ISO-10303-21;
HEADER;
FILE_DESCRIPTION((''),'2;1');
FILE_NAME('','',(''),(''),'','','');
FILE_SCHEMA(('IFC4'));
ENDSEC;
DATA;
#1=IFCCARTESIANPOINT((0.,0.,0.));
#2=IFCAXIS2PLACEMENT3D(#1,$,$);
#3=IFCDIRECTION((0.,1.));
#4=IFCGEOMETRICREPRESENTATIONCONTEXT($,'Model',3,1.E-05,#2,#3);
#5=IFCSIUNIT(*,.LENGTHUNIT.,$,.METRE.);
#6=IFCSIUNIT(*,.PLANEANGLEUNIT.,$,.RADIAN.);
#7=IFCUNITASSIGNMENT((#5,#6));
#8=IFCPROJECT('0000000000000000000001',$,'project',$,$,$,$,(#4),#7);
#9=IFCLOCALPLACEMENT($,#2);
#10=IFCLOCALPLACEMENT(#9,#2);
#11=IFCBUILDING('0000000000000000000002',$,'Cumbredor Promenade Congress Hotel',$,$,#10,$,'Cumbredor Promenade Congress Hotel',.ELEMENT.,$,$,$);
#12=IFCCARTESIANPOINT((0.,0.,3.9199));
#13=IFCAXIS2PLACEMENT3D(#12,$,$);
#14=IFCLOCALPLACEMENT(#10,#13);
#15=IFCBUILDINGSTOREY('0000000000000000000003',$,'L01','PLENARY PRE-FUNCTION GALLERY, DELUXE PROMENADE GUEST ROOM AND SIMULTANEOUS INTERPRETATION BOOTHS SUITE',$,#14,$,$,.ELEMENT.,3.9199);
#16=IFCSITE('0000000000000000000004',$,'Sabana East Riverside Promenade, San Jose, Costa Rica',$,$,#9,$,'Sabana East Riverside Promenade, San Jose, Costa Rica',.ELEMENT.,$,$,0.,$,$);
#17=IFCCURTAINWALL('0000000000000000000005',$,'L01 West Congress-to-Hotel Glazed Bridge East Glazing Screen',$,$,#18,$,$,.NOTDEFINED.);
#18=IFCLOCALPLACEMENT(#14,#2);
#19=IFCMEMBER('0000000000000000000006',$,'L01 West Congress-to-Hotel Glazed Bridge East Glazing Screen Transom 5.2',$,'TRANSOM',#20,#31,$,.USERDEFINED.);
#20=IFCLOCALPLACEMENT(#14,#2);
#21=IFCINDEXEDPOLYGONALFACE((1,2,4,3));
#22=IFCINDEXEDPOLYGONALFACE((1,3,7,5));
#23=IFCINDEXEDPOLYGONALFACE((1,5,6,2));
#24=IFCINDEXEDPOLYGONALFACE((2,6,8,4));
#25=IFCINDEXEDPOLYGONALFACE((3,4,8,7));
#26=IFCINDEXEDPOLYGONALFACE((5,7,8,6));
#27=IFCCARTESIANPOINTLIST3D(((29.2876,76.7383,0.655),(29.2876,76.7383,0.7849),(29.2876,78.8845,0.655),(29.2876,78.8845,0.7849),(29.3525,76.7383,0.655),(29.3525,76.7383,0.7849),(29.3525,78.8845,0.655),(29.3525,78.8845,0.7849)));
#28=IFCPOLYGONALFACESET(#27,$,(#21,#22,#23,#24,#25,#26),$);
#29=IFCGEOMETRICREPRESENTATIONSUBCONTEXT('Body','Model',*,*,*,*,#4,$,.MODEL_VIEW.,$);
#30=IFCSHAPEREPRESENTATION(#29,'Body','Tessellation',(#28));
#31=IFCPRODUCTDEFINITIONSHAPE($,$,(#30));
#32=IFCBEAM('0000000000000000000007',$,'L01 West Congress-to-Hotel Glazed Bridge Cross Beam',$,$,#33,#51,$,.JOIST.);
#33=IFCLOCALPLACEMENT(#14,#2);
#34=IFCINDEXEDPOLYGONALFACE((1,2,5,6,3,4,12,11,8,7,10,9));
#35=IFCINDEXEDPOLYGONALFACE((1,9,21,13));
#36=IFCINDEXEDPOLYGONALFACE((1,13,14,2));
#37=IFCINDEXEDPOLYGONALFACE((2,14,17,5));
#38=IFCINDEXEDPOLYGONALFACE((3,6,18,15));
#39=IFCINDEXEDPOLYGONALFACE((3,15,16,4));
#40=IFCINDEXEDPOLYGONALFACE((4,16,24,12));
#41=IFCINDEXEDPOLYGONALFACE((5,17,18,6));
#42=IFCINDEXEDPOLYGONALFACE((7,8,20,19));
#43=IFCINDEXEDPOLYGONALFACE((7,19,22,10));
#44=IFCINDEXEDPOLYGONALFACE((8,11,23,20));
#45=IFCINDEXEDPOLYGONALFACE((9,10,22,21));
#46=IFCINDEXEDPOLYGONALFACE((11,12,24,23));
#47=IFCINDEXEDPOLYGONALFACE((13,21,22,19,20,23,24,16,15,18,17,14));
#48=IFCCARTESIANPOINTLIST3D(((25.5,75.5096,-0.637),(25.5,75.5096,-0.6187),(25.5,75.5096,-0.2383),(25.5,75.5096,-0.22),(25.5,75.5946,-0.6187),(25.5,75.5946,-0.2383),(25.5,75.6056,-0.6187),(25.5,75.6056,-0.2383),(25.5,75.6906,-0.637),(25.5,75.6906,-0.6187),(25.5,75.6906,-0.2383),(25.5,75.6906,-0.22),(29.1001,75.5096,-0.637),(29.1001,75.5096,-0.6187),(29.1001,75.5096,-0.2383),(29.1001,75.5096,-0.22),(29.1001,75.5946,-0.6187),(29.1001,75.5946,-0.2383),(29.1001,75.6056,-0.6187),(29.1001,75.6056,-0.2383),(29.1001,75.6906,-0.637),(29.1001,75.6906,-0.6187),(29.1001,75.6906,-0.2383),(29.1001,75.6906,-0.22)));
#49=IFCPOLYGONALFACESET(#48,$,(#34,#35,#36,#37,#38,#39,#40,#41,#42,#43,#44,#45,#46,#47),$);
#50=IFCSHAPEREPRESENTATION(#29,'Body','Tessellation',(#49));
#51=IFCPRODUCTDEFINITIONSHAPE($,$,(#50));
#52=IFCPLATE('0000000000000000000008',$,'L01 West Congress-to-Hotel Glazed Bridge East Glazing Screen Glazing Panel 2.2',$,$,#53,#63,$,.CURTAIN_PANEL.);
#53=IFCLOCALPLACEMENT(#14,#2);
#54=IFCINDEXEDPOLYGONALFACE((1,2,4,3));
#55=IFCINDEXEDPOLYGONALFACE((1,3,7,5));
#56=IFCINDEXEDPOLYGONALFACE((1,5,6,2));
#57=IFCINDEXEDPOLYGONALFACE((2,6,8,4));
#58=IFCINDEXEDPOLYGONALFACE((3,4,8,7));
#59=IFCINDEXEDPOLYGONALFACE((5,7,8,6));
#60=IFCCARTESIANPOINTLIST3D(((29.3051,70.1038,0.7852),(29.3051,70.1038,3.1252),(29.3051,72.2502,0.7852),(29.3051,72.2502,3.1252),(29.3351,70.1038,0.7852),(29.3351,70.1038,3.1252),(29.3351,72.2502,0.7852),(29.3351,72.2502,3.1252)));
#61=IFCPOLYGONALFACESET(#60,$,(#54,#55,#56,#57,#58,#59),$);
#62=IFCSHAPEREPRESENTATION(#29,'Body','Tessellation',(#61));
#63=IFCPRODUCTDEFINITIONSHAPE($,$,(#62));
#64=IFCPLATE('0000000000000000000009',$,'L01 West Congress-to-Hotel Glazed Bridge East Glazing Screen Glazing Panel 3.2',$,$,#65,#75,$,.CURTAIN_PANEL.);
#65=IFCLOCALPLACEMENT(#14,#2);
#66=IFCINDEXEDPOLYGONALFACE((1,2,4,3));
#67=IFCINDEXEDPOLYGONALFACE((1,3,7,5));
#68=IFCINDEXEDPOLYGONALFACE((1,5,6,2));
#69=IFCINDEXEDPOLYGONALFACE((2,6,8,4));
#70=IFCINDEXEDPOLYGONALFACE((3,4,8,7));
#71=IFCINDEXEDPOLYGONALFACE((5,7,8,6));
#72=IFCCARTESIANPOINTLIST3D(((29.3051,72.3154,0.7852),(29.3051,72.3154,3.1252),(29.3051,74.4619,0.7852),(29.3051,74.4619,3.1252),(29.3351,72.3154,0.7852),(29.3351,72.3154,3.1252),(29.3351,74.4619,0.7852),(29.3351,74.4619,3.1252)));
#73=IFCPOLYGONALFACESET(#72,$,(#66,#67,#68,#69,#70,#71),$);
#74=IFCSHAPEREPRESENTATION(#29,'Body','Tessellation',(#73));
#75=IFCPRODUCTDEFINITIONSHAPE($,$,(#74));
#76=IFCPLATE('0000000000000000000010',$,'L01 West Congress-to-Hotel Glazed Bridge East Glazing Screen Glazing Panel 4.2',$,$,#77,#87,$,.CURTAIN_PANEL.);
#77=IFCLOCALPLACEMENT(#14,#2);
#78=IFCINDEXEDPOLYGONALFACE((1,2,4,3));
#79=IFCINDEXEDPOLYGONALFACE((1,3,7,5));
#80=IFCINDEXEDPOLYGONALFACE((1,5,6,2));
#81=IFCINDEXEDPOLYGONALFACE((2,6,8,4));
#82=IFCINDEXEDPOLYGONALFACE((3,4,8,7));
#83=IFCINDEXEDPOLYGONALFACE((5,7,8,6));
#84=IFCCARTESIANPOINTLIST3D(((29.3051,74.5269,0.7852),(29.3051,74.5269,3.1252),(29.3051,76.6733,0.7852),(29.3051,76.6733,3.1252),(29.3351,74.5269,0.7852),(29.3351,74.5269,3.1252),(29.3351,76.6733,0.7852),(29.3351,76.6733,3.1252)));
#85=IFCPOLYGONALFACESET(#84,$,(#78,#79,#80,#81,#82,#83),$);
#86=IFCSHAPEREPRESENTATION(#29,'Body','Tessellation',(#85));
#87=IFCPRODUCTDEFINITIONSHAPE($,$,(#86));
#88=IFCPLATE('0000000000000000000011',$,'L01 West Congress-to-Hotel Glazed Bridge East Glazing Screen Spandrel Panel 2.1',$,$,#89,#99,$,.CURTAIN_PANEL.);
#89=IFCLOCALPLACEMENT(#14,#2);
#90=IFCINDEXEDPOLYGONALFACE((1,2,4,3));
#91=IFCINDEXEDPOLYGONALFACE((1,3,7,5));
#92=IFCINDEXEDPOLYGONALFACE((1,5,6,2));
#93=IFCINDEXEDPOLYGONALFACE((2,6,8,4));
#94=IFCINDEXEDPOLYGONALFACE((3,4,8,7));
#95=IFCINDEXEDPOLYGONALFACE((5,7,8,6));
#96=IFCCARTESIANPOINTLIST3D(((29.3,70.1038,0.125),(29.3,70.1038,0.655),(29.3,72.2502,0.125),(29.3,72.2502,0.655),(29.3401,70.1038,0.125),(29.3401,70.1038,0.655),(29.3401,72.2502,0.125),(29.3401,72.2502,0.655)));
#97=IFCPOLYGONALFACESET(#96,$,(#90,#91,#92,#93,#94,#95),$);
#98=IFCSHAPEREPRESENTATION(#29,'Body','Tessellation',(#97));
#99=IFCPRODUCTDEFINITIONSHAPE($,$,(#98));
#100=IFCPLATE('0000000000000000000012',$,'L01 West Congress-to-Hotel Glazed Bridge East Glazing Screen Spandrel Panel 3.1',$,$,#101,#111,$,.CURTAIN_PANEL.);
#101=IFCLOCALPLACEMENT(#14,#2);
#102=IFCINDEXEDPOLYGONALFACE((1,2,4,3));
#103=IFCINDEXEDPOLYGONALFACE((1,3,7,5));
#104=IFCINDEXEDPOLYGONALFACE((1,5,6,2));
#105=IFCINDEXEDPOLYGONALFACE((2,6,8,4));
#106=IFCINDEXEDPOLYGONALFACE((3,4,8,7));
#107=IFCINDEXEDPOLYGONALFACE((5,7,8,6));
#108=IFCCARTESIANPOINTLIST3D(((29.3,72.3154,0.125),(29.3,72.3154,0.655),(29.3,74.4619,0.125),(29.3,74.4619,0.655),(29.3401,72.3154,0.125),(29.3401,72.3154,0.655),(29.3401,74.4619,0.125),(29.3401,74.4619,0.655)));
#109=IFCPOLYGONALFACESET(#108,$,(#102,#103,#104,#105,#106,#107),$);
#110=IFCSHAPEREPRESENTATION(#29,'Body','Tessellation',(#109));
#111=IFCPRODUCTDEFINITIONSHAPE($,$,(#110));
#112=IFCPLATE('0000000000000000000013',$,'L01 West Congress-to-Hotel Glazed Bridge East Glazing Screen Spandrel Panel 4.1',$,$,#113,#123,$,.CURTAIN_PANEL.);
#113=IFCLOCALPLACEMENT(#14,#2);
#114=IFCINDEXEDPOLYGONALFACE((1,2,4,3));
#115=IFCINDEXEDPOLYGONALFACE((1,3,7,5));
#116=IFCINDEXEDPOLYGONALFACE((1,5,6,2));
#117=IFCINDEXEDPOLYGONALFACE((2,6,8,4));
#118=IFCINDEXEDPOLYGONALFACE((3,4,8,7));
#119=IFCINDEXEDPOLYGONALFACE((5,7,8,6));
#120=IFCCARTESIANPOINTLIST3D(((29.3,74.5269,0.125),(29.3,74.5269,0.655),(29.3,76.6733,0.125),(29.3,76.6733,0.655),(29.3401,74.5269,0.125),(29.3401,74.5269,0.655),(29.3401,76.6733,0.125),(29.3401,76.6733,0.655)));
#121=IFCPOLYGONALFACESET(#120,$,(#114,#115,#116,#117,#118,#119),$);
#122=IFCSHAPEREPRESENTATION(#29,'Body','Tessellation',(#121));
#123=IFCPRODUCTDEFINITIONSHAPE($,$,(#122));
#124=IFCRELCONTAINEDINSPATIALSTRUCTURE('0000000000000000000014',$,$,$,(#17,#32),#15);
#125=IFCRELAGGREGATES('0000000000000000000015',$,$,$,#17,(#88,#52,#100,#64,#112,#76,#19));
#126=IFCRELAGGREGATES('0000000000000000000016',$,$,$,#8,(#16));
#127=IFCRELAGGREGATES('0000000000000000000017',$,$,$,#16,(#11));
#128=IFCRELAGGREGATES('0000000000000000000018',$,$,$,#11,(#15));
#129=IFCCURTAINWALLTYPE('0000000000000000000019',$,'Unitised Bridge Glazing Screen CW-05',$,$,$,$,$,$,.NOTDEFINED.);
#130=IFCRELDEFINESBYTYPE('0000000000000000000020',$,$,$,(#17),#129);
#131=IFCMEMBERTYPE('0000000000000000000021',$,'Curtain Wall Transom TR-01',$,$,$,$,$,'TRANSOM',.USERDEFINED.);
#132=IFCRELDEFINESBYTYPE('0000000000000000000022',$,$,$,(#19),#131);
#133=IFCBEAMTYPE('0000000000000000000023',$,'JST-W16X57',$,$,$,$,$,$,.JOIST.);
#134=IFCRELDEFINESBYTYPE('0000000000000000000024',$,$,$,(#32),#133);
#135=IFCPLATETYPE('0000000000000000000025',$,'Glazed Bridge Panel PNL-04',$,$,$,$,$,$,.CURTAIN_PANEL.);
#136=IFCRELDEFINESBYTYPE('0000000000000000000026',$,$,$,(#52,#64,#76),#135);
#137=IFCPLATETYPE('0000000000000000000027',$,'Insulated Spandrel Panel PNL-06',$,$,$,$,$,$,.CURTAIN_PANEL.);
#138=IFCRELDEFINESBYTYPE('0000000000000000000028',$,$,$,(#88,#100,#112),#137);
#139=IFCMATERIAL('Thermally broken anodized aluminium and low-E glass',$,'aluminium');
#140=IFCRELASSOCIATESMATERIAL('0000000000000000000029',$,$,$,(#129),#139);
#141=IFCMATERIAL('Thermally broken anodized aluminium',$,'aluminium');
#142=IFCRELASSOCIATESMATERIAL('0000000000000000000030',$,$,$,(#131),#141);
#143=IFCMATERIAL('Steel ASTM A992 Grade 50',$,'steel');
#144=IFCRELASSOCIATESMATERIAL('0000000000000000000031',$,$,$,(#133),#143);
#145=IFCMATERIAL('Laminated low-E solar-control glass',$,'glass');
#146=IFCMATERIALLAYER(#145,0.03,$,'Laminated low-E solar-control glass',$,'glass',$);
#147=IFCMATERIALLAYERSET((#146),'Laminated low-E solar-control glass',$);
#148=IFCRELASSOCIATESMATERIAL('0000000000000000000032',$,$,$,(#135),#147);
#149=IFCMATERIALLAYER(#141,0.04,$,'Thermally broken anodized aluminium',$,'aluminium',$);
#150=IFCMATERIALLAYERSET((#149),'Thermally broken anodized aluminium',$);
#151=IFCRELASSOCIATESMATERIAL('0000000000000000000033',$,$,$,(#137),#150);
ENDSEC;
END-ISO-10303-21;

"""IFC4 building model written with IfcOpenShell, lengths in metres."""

from ifc_helpers import new_model, si_unit, direction, frame, origin, origin_2d, place, context, subcontext, project, spatial, rectangle, i_section, extrude, material, layer, layer_set, material_profile, profile_set, type_object, element, aggregate, save


model = new_model("IFC4")

# Units and contexts
model_context = context("Model", 3, precision=1e-05, world=origin(), true_north=direction((0.0, 1.0)))
body_context = subcontext(model_context, "Body", "Model", "MODEL_VIEW")
ifc_project = project(units=[si_unit("LENGTHUNIT", "METRE"), si_unit("PLANEANGLEUNIT", "RADIAN")], contexts=[model_context])

# Site, building, storey
site_placement = place(None, origin())
site = spatial("IfcSite", under=ifc_project, at=site_placement, Name="Sabana East Riverside Promenade, San Jose, Costa Rica", LongName="Sabana East Riverside Promenade, San Jose, Costa Rica", CompositionType="ELEMENT", RefElevation=0.0)
building_placement = place(site_placement, origin())
building = spatial("IfcBuilding", under=site, at=building_placement, Name="Cumbredor Promenade Congress Hotel", LongName="Cumbredor Promenade Congress Hotel", CompositionType="ELEMENT")
storey_placement = place(building_placement, frame((0.0, 0.0, 3.9199)))
storey = spatial("IfcBuildingStorey", under=building, at=storey_placement, Name="L01", Description="PLENARY PRE-FUNCTION GALLERY, DELUXE PROMENADE GUEST ROOM AND SIMULTANEOUS INTERPRETATION BOOTHS SUITE", CompositionType="ELEMENT", Elevation=3.9199)

# Curtain wall
ifc_material_1 = material(Name="Thermally broken anodized aluminium and low-E glass", Category="aluminium")
curtain_wall_type = type_object("IfcCurtainWallType", Name="Unitised Bridge Glazing Screen CW-05", PredefinedType="NOTDEFINED", material=ifc_material_1)
curtain_wall_1_placement = place(storey_placement, origin())
curtain_wall_1 = element("IfcCurtainWall", 1, at=curtain_wall_1_placement, inside=storey, type_object=curtain_wall_type, Name="L01 West Congress-to-Hotel Glazed Bridge East Glazing Screen", PredefinedType="NOTDEFINED")
ifc_material_2 = material(Name="Thermally broken anodized aluminium", Category="aluminium")

# Shared definitions
ifc_material_profile_1 = material_profile(ifc_material_2, rectangle(XDim=0.0649, YDim=0.1299, at=origin_2d()), Name="ALU TRANSOM 65x130")
ifc_profile_set_1 = profile_set([ifc_material_profile_1], Name="Thermally broken anodized aluminium")
member_type_1 = type_object("IfcMemberType", Name="Curtain Wall Transom TR-01", ElementType="TRANSOM", PredefinedType="USERDEFINED", material=ifc_profile_set_1)

# Member
member_1_placement = place(storey_placement, frame((29.3201, 76.7383, 0.72), z_axis=(0.0, 1.0, 0.0), x_axis=(-1.0, 0.0, 0.0)))
member_1 = element("IfcMember", 2, at=member_1_placement, type_object=member_type_1, Name="L01 West Congress-to-Hotel Glazed Bridge East Glazing Screen Transom 5.2", ObjectType="TRANSOM", PredefinedType="USERDEFINED", context=body_context, shape_type="SweptSolid", body=[
    extrude(rectangle(XDim=0.0649, YDim=0.1299, at=origin_2d()), origin(), (0.0, 0.0, 1.0), 2.1462),
])

# Beam
ifc_material_3 = material(Name="Steel ASTM A992 Grade 50", Category="steel")
ifc_material_profile_2 = material_profile(ifc_material_3, i_section(OverallWidth=0.1809, OverallDepth=0.417, WebThickness=0.011, FlangeThickness=0.0183, at=origin_2d()), Name="W16X57")
ifc_profile_set_2 = profile_set([ifc_material_profile_2], Name="Steel ASTM A992 Grade 50")
beam_type = type_object("IfcBeamType", Name="JST-W16X57", PredefinedType="JOIST", material=ifc_profile_set_2)
beam_placement = place(storey_placement, frame((25.5, 75.6001, -0.4285), z_axis=(1.0, 0.0, 0.0), x_axis=(0.0, 1.0, 0.0)))
element("IfcBeam", 3, at=beam_placement, inside=storey, type_object=beam_type, Name="L01 West Congress-to-Hotel Glazed Bridge Cross Beam", PredefinedType="JOIST", context=body_context, shape_type="SweptSolid", body=[
    extrude(i_section(OverallWidth=0.1809, OverallDepth=0.417, WebThickness=0.011, FlangeThickness=0.0183, at=origin_2d()), origin(), (0.0, 0.0, 1.0), 3.6001),
])

# Plates
ifc_material_4 = material(Name="Laminated low-E solar-control glass", Category="glass")
ifc_layer_1 = layer(ifc_material_4, 0.03, Name="Laminated low-E solar-control glass", Category="glass")
ifc_layer_set_1 = layer_set([ifc_layer_1], Name="Laminated low-E solar-control glass")
plate_type_1 = type_object("IfcPlateType", Name="Glazed Bridge Panel PNL-04", PredefinedType="CURTAIN_PANEL", material=ifc_layer_set_1)
plate_1_placement = place(storey_placement, frame((29.3201, 71.177, 0.7852), z_axis=(0.0, 0.0, 1.0), x_axis=(0.0, 1.0, 0.0)))
plate_1 = element("IfcPlate", 4, at=plate_1_placement, type_object=plate_type_1, Name="L01 West Congress-to-Hotel Glazed Bridge East Glazing Screen Glazing Panel 2.2", PredefinedType="CURTAIN_PANEL", context=body_context, shape_type="SweptSolid", body=[
    extrude(rectangle(XDim=2.1465, YDim=0.03, at=origin_2d()), origin(), (0.0, 0.0, 1.0), 2.3401),
])
plate_2_placement = place(storey_placement, frame((29.3201, 73.3887, 0.7852), z_axis=(0.0, 0.0, 1.0), x_axis=(0.0, 1.0, 0.0)))
plate_2 = element("IfcPlate", 5, at=plate_2_placement, type_object=plate_type_1, Name="L01 West Congress-to-Hotel Glazed Bridge East Glazing Screen Glazing Panel 3.2", PredefinedType="CURTAIN_PANEL", context=body_context, shape_type="SweptSolid", body=[
    extrude(rectangle(XDim=2.1465, YDim=0.03, at=origin_2d()), origin(), (0.0, 0.0, 1.0), 2.3401),
])
plate_3_placement = place(storey_placement, frame((29.3201, 75.6001, 0.7852), z_axis=(0.0, 0.0, 1.0), x_axis=(0.0, 1.0, 0.0)))
plate_3 = element("IfcPlate", 6, at=plate_3_placement, type_object=plate_type_1, Name="L01 West Congress-to-Hotel Glazed Bridge East Glazing Screen Glazing Panel 4.2", PredefinedType="CURTAIN_PANEL", context=body_context, shape_type="SweptSolid", body=[
    extrude(rectangle(XDim=2.1465, YDim=0.03, at=origin_2d()), origin(), (0.0, 0.0, 1.0), 2.3401),
])
ifc_layer_2 = layer(ifc_material_2, 0.04, Name="Thermally broken anodized aluminium", Category="aluminium")
ifc_layer_set_2 = layer_set([ifc_layer_2], Name="Thermally broken anodized aluminium")
plate_type_2 = type_object("IfcPlateType", Name="Insulated Spandrel Panel PNL-06", PredefinedType="CURTAIN_PANEL", material=ifc_layer_set_2)
plate_4_placement = place(storey_placement, frame((29.3201, 71.177, 0.125), z_axis=(0.0, 0.0, 1.0), x_axis=(0.0, 1.0, 0.0)))
plate_4 = element("IfcPlate", 7, at=plate_4_placement, type_object=plate_type_2, Name="L01 West Congress-to-Hotel Glazed Bridge East Glazing Screen Spandrel Panel 2.1", PredefinedType="CURTAIN_PANEL", context=body_context, shape_type="SweptSolid", body=[
    extrude(rectangle(XDim=2.1465, YDim=0.04, at=origin_2d()), origin(), (0.0, 0.0, 1.0), 0.53),
])
plate_5_placement = place(storey_placement, frame((29.3201, 73.3887, 0.125), z_axis=(0.0, 0.0, 1.0), x_axis=(0.0, 1.0, 0.0)))
plate_5 = element("IfcPlate", 8, at=plate_5_placement, type_object=plate_type_2, Name="L01 West Congress-to-Hotel Glazed Bridge East Glazing Screen Spandrel Panel 3.1", PredefinedType="CURTAIN_PANEL", context=body_context, shape_type="SweptSolid", body=[
    extrude(rectangle(XDim=2.1465, YDim=0.04, at=origin_2d()), origin(), (0.0, 0.0, 1.0), 0.53),
])
plate_6_placement = place(storey_placement, frame((29.3201, 75.6001, 0.125), z_axis=(0.0, 0.0, 1.0), x_axis=(0.0, 1.0, 0.0)))
plate_6 = element("IfcPlate", 9, at=plate_6_placement, type_object=plate_type_2, Name="L01 West Congress-to-Hotel Glazed Bridge East Glazing Screen Spandrel Panel 4.1", PredefinedType="CURTAIN_PANEL", context=body_context, shape_type="SweptSolid", body=[
    extrude(rectangle(XDim=2.1465, YDim=0.04, at=origin_2d()), origin(), (0.0, 0.0, 1.0), 0.53),
])
aggregate(curtain_wall_1, [plate_4, plate_1, plate_5, plate_2, plate_6, plate_3, member_1])

save(model, "model.ifc")
